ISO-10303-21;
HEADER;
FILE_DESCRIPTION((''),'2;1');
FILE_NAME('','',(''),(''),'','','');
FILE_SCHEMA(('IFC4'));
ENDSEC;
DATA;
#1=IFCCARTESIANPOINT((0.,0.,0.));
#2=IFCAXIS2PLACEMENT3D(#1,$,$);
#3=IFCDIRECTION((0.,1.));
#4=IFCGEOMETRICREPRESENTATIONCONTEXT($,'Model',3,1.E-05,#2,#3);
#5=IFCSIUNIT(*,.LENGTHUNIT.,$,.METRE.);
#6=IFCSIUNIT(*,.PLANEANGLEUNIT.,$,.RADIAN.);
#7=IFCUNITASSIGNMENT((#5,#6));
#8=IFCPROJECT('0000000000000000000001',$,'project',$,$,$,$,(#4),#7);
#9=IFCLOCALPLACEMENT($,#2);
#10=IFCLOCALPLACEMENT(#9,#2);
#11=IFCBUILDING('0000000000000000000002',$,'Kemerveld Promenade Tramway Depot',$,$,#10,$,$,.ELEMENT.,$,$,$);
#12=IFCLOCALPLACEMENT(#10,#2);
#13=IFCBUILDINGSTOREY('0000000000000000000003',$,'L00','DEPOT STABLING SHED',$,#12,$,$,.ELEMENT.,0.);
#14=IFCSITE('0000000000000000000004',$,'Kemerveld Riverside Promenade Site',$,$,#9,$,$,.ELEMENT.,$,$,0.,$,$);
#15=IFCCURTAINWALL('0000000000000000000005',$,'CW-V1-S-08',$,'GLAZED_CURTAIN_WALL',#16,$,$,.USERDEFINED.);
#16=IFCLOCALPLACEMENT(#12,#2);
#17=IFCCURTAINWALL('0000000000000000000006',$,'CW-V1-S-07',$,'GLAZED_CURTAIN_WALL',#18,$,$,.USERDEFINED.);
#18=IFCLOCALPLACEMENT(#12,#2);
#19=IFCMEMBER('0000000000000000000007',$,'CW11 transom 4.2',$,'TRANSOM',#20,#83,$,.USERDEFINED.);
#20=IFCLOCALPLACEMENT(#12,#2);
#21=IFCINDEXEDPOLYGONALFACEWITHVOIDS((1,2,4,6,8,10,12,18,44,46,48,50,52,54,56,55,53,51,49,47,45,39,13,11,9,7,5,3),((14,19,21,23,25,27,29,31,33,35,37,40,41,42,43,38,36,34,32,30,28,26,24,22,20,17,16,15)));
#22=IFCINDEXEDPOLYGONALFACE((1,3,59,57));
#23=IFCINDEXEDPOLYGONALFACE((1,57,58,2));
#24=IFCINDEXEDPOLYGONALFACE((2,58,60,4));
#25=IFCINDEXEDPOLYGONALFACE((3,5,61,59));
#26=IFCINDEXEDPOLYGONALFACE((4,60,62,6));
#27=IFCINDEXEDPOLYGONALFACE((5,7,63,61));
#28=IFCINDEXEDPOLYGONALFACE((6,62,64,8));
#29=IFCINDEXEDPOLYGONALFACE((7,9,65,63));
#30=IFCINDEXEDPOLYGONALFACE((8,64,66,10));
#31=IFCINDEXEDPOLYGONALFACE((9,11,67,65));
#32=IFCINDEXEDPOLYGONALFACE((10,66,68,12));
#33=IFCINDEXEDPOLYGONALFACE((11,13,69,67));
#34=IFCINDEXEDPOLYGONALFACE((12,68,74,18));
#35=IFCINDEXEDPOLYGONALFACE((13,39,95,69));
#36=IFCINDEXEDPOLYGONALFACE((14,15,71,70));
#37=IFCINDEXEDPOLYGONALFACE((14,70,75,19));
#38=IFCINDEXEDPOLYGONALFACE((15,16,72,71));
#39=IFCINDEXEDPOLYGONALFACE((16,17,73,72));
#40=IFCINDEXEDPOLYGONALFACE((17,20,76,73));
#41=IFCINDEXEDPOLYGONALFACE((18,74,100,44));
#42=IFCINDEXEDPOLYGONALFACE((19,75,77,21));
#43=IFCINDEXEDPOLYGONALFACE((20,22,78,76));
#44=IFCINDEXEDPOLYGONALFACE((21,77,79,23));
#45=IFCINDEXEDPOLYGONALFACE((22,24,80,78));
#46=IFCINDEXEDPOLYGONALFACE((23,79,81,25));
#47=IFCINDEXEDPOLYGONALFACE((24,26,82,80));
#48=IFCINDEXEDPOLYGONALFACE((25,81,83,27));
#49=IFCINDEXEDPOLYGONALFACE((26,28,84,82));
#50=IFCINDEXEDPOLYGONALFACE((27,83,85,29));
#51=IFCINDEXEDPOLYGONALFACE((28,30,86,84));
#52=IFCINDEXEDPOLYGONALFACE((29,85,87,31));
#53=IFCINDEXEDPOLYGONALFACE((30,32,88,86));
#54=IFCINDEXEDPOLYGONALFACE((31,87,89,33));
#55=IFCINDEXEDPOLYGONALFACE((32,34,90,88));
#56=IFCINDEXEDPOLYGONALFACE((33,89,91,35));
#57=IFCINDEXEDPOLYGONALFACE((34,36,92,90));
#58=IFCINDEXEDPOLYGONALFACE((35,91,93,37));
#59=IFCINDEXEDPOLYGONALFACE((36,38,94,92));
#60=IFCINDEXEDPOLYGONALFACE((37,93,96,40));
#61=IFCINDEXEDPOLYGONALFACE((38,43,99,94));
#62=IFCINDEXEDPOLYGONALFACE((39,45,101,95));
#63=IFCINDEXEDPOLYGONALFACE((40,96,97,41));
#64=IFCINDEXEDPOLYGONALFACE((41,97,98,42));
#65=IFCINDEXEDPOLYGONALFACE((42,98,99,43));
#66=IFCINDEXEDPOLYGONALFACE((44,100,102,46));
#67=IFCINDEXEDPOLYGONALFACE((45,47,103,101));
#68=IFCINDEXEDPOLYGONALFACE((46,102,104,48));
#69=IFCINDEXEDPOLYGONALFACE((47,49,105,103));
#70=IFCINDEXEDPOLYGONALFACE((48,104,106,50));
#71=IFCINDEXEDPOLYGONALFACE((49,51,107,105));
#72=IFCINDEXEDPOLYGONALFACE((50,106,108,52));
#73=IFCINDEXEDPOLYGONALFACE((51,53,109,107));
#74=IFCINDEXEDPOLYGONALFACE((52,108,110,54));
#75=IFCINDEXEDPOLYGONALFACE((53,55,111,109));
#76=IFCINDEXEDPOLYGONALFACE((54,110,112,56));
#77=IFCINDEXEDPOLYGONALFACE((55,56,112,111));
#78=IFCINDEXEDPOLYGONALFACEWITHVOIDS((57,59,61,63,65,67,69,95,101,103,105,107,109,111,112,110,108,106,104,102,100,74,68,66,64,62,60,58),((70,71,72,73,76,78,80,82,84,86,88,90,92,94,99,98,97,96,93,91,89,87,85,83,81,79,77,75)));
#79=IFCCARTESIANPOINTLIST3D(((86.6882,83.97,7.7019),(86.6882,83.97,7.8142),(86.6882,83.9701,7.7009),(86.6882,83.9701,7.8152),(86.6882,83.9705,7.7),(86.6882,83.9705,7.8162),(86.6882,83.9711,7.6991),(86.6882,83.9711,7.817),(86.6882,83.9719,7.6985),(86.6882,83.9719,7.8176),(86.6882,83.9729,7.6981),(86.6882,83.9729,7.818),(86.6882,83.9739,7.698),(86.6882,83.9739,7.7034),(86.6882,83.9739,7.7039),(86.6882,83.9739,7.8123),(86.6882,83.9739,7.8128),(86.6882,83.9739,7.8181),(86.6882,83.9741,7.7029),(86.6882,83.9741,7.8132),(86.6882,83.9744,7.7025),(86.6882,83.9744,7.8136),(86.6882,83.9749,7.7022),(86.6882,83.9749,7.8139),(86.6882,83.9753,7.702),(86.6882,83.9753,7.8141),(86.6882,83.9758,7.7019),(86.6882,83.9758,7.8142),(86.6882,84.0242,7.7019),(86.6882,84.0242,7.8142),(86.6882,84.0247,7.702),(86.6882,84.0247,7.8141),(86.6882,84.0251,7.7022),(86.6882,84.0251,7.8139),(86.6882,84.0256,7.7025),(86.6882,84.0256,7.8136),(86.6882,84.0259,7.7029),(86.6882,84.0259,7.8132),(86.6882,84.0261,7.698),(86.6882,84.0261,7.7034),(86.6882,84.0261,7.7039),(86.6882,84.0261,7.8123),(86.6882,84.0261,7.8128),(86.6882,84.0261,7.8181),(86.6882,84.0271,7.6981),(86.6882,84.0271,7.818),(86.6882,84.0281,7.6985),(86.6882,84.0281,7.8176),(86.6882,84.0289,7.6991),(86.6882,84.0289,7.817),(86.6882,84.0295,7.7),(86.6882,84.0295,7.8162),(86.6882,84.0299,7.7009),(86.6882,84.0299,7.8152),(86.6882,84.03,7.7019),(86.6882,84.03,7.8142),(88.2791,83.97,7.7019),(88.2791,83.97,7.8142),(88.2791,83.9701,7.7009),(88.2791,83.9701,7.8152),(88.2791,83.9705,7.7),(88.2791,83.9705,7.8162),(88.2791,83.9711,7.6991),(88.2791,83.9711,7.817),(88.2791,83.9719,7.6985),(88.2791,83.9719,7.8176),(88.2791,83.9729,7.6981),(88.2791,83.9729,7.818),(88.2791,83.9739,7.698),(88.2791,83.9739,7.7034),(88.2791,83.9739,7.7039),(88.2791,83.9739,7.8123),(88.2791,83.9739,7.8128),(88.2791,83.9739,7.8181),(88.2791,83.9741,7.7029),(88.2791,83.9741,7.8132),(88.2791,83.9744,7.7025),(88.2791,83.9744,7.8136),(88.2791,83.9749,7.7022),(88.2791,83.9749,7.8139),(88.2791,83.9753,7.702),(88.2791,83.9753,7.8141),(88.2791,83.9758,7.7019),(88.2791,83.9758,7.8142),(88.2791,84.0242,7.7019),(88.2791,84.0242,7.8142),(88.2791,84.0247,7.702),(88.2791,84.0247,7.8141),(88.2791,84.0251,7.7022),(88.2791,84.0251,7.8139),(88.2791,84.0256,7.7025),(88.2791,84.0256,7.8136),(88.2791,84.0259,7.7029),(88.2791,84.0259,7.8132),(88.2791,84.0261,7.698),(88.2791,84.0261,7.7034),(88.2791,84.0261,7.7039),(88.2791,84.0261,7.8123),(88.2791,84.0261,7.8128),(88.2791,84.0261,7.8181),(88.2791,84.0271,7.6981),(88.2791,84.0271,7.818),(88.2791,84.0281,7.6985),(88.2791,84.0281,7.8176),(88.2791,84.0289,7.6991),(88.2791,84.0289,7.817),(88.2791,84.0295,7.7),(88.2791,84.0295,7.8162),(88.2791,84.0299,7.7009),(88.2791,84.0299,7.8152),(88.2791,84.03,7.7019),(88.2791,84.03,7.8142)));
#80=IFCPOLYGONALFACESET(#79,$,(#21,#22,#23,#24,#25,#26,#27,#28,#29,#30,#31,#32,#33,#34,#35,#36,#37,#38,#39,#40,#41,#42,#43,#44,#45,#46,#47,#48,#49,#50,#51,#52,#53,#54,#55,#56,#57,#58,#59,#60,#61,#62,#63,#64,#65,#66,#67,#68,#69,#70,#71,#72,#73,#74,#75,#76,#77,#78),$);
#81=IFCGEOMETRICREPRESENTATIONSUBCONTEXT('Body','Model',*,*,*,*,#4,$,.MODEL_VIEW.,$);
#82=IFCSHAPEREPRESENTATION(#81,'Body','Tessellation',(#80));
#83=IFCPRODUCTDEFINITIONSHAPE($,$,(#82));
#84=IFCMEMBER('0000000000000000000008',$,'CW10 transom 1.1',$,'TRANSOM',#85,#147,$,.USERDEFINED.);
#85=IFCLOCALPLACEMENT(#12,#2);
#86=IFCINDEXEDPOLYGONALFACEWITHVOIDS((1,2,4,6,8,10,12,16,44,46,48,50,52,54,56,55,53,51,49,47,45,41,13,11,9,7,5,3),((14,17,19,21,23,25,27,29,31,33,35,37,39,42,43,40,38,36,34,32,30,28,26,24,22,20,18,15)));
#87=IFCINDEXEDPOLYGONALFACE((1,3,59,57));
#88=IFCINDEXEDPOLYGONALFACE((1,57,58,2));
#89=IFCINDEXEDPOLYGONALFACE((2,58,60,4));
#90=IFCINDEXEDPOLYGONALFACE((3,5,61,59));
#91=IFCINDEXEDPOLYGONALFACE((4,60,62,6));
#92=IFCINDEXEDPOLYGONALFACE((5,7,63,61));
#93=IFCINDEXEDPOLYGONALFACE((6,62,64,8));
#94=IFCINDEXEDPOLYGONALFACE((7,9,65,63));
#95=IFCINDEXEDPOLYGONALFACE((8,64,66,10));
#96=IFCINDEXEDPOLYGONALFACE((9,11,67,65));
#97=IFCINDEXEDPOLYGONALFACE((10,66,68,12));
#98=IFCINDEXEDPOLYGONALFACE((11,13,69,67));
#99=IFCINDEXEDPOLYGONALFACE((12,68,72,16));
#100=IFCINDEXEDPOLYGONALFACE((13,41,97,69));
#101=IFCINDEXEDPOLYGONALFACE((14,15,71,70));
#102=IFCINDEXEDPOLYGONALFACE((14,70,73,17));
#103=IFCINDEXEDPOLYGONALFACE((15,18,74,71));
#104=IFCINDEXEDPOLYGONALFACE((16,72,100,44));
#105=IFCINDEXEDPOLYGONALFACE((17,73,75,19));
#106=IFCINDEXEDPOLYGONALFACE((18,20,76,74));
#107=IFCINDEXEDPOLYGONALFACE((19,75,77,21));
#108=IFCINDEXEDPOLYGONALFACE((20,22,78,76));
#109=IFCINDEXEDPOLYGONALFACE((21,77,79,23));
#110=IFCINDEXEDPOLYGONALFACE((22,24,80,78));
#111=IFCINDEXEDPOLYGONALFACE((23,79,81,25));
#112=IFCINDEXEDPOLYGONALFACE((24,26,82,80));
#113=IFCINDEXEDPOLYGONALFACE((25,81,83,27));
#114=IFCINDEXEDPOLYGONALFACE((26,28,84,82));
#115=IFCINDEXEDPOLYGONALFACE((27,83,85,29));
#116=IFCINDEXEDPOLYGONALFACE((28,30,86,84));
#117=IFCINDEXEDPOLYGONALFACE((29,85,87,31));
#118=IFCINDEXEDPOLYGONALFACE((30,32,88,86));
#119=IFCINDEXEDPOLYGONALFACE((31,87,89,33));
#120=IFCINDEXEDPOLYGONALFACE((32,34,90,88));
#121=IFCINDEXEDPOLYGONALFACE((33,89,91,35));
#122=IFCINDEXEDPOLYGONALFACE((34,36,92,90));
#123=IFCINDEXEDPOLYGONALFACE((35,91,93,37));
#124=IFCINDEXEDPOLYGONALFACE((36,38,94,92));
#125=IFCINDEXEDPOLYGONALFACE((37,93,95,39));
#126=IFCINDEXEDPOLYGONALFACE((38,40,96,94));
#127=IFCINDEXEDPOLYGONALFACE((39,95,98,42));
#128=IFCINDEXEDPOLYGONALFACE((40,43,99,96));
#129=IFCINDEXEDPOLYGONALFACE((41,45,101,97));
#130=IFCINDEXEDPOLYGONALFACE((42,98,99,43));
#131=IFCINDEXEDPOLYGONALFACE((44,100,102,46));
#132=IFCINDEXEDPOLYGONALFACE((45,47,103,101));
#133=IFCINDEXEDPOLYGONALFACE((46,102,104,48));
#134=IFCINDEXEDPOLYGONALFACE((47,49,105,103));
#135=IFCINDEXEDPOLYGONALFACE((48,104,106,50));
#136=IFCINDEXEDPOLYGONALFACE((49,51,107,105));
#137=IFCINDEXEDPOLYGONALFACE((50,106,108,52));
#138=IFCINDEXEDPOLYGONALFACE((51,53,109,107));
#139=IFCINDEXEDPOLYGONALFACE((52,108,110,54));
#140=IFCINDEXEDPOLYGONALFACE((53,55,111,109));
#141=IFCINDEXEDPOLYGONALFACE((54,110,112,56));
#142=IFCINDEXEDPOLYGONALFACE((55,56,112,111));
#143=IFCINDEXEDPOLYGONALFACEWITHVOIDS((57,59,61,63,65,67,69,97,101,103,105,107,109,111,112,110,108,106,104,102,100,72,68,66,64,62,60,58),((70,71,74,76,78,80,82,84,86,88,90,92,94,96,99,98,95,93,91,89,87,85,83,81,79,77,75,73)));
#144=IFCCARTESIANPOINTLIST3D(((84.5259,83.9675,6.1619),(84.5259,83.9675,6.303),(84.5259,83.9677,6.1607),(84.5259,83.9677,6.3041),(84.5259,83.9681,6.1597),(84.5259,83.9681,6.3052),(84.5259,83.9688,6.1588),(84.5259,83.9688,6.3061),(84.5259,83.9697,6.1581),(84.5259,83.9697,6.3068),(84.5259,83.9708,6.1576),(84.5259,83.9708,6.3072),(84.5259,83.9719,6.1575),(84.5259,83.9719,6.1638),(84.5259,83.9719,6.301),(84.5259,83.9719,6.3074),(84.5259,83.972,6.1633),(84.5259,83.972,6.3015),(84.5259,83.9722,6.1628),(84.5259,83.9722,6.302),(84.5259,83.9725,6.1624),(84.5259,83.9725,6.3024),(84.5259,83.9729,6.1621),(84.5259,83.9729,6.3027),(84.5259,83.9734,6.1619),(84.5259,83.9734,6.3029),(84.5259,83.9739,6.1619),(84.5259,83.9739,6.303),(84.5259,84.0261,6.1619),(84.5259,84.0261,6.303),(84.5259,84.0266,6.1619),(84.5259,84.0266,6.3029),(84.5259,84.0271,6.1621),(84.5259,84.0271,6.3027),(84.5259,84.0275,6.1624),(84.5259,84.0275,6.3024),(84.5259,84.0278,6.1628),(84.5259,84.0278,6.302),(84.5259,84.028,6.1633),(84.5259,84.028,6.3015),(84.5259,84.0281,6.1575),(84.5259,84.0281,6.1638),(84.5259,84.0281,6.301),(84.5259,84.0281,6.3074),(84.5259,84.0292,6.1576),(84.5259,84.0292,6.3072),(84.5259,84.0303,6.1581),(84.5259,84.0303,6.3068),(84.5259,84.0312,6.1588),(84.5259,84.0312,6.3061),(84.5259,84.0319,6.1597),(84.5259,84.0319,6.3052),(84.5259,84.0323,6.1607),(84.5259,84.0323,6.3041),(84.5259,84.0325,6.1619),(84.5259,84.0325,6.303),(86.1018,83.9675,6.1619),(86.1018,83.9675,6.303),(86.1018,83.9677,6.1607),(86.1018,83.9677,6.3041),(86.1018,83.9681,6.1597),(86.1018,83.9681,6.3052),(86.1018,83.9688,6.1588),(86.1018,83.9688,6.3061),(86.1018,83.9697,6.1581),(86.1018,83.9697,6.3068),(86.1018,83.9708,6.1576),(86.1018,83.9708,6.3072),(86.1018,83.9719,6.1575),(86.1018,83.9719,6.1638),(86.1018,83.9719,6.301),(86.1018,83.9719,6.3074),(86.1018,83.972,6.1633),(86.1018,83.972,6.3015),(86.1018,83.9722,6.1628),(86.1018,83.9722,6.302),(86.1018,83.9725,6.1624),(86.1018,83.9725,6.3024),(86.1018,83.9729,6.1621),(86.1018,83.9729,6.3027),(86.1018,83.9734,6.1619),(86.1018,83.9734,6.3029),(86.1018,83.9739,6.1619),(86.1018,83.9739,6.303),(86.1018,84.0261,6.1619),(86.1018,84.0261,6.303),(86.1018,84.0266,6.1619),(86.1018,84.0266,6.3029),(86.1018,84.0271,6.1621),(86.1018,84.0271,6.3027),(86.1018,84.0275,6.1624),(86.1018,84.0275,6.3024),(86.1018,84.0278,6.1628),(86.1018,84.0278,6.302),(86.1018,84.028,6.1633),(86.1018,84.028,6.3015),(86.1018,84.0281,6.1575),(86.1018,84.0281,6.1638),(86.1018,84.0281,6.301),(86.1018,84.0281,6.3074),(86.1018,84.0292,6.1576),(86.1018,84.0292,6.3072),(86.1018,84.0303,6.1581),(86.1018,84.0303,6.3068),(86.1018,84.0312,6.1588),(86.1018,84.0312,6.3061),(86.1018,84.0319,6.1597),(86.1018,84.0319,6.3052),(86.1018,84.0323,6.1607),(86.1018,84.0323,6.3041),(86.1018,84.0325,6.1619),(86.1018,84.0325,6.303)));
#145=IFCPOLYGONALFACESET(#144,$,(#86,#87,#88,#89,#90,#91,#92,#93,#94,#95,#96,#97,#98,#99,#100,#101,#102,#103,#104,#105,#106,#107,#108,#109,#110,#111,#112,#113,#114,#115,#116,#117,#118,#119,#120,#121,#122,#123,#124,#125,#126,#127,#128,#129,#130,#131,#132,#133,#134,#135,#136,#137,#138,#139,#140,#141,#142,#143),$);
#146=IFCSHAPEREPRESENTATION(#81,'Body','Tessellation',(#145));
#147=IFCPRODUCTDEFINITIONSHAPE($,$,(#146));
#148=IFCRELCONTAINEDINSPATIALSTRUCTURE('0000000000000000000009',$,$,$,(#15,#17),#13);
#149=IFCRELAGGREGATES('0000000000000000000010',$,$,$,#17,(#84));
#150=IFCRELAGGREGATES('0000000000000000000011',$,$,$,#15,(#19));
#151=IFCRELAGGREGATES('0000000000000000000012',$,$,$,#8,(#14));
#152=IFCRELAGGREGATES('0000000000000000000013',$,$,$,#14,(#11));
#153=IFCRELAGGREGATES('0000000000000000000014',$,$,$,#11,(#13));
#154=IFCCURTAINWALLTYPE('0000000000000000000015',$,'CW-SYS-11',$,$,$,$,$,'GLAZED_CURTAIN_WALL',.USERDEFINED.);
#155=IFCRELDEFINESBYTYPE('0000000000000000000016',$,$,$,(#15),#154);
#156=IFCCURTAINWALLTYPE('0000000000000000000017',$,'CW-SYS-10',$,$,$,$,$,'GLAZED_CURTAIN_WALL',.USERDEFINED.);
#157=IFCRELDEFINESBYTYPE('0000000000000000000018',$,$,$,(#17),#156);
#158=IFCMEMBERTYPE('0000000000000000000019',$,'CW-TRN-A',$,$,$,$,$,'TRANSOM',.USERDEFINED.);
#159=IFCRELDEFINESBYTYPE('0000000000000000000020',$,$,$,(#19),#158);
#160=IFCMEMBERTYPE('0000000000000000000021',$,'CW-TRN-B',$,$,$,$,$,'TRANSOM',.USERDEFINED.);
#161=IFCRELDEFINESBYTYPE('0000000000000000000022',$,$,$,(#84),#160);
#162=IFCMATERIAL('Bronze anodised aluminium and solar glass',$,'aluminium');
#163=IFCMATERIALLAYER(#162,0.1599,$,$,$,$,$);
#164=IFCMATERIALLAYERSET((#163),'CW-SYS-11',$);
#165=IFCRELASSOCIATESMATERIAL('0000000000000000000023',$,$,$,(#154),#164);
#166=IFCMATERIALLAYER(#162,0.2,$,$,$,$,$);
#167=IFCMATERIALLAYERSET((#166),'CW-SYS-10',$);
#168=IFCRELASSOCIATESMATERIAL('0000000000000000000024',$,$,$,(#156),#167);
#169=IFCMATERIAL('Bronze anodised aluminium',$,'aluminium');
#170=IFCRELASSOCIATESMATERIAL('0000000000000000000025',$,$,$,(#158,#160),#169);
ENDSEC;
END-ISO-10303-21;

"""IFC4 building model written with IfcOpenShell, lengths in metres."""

from ifc_helpers import new_model, si_unit, direction, frame, origin, origin_2d, place, context, subcontext, project, spatial, hollow_rectangle, extrude, material, layer, layer_set, material_profile, profile_set, type_object, element, aggregate, save


model = new_model("IFC4")

# Units and contexts
model_context = context("Model", 3, precision=1e-05, world=origin(), true_north=direction((0.0, 1.0)))
body_context = subcontext(model_context, "Body", "Model", "MODEL_VIEW")
ifc_project = project(units=[si_unit("LENGTHUNIT", "METRE"), si_unit("PLANEANGLEUNIT", "RADIAN")], contexts=[model_context])

# Site, building, storey
site_placement = place(None, origin())
site = spatial("IfcSite", under=ifc_project, at=site_placement, Name="Kemerveld Riverside Promenade Site", CompositionType="ELEMENT", RefElevation=0.0)
building_placement = place(site_placement, origin())
building = spatial("IfcBuilding", under=site, at=building_placement, Name="Kemerveld Promenade Tramway Depot", CompositionType="ELEMENT")
storey_placement = place(building_placement, origin())
storey = spatial("IfcBuildingStorey", under=building, at=storey_placement, Name="L00", Description="DEPOT STABLING SHED", CompositionType="ELEMENT", Elevation=0.0)

# Curtain walls
ifc_material_1 = material(Name="Bronze anodised aluminium and solar glass", Category="aluminium")
ifc_layer_1 = layer(ifc_material_1, 0.1599)
ifc_layer_set_1 = layer_set([ifc_layer_1], Name="CW-SYS-11")
curtain_wall_type_1 = type_object("IfcCurtainWallType", Name="CW-SYS-11", ElementType="GLAZED_CURTAIN_WALL", PredefinedType="USERDEFINED", material=ifc_layer_set_1)
curtain_wall_1_placement = place(storey_placement, origin())
curtain_wall_1 = element("IfcCurtainWall", 1, at=curtain_wall_1_placement, inside=storey, type_object=curtain_wall_type_1, Name="CW-V1-S-08", ObjectType="GLAZED_CURTAIN_WALL", PredefinedType="USERDEFINED")
ifc_material_2 = material(Name="Bronze anodised aluminium", Category="aluminium")
ifc_layer_2 = layer(ifc_material_1, 0.2)
ifc_layer_set_2 = layer_set([ifc_layer_2], Name="CW-SYS-10")
curtain_wall_type_2 = type_object("IfcCurtainWallType", Name="CW-SYS-10", ElementType="GLAZED_CURTAIN_WALL", PredefinedType="USERDEFINED", material=ifc_layer_set_2)
curtain_wall_2_placement = place(storey_placement, origin())
curtain_wall_2 = element("IfcCurtainWall", 2, at=curtain_wall_2_placement, inside=storey, type_object=curtain_wall_type_2, Name="CW-V1-S-07", ObjectType="GLAZED_CURTAIN_WALL", PredefinedType="USERDEFINED")

# Members
ifc_material_profile_1 = material_profile(ifc_material_2, hollow_rectangle(XDim=0.0601, YDim=0.1201, WallThickness=0.0039, InnerFilletRadius=0.002, OuterFilletRadius=0.0039, at=origin_2d()), Name="CW-TRN-120x60")
ifc_profile_set_1 = profile_set([ifc_material_profile_1], Name="Bronze anodised aluminium")
member_type_1 = type_object("IfcMemberType", Name="CW-TRN-A", ElementType="TRANSOM", PredefinedType="USERDEFINED", material=ifc_profile_set_1)
member_1_placement = place(storey_placement, frame((88.2791, 84.0, 7.7581), z_axis=(-1.0, 0.0, 0.0), x_axis=(0.0, -1.0, 0.0)))
member_1 = element("IfcMember", 3, at=member_1_placement, type_object=member_type_1, Name="CW11 transom 4.2", ObjectType="TRANSOM", PredefinedType="USERDEFINED", context=body_context, shape_type="SweptSolid", body=[
    extrude(hollow_rectangle(XDim=0.0601, YDim=0.1201, WallThickness=0.0039, InnerFilletRadius=0.002, OuterFilletRadius=0.0039, at=origin_2d()), origin(), (0.0, 0.0, 1.0), 1.5908),
])
ifc_material_profile_2 = material_profile(ifc_material_2, hollow_rectangle(XDim=0.0649, YDim=0.1499, WallThickness=0.0044, InnerFilletRadius=0.002, OuterFilletRadius=0.0044, at=origin_2d()), Name="CW-TRN-150x65")
ifc_profile_set_2 = profile_set([ifc_material_profile_2], Name="Bronze anodised aluminium")
member_type_2 = type_object("IfcMemberType", Name="CW-TRN-B", ElementType="TRANSOM", PredefinedType="USERDEFINED", material=ifc_profile_set_2)
member_2_placement = place(storey_placement, frame((86.1018, 84.0, 6.2324), z_axis=(-1.0, 0.0, 0.0), x_axis=(0.0, -1.0, 0.0)))
member_2 = element("IfcMember", 4, at=member_2_placement, type_object=member_type_2, Name="CW10 transom 1.1", ObjectType="TRANSOM", PredefinedType="USERDEFINED", context=body_context, shape_type="SweptSolid", body=[
    extrude(hollow_rectangle(XDim=0.0649, YDim=0.1499, WallThickness=0.0044, InnerFilletRadius=0.002, OuterFilletRadius=0.0044, at=origin_2d()), origin(), (0.0, 0.0, 1.0), 1.5759),
])

aggregate(curtain_wall_2, [member_2])
aggregate(curtain_wall_1, [member_1])

save(model, "model.ifc")
